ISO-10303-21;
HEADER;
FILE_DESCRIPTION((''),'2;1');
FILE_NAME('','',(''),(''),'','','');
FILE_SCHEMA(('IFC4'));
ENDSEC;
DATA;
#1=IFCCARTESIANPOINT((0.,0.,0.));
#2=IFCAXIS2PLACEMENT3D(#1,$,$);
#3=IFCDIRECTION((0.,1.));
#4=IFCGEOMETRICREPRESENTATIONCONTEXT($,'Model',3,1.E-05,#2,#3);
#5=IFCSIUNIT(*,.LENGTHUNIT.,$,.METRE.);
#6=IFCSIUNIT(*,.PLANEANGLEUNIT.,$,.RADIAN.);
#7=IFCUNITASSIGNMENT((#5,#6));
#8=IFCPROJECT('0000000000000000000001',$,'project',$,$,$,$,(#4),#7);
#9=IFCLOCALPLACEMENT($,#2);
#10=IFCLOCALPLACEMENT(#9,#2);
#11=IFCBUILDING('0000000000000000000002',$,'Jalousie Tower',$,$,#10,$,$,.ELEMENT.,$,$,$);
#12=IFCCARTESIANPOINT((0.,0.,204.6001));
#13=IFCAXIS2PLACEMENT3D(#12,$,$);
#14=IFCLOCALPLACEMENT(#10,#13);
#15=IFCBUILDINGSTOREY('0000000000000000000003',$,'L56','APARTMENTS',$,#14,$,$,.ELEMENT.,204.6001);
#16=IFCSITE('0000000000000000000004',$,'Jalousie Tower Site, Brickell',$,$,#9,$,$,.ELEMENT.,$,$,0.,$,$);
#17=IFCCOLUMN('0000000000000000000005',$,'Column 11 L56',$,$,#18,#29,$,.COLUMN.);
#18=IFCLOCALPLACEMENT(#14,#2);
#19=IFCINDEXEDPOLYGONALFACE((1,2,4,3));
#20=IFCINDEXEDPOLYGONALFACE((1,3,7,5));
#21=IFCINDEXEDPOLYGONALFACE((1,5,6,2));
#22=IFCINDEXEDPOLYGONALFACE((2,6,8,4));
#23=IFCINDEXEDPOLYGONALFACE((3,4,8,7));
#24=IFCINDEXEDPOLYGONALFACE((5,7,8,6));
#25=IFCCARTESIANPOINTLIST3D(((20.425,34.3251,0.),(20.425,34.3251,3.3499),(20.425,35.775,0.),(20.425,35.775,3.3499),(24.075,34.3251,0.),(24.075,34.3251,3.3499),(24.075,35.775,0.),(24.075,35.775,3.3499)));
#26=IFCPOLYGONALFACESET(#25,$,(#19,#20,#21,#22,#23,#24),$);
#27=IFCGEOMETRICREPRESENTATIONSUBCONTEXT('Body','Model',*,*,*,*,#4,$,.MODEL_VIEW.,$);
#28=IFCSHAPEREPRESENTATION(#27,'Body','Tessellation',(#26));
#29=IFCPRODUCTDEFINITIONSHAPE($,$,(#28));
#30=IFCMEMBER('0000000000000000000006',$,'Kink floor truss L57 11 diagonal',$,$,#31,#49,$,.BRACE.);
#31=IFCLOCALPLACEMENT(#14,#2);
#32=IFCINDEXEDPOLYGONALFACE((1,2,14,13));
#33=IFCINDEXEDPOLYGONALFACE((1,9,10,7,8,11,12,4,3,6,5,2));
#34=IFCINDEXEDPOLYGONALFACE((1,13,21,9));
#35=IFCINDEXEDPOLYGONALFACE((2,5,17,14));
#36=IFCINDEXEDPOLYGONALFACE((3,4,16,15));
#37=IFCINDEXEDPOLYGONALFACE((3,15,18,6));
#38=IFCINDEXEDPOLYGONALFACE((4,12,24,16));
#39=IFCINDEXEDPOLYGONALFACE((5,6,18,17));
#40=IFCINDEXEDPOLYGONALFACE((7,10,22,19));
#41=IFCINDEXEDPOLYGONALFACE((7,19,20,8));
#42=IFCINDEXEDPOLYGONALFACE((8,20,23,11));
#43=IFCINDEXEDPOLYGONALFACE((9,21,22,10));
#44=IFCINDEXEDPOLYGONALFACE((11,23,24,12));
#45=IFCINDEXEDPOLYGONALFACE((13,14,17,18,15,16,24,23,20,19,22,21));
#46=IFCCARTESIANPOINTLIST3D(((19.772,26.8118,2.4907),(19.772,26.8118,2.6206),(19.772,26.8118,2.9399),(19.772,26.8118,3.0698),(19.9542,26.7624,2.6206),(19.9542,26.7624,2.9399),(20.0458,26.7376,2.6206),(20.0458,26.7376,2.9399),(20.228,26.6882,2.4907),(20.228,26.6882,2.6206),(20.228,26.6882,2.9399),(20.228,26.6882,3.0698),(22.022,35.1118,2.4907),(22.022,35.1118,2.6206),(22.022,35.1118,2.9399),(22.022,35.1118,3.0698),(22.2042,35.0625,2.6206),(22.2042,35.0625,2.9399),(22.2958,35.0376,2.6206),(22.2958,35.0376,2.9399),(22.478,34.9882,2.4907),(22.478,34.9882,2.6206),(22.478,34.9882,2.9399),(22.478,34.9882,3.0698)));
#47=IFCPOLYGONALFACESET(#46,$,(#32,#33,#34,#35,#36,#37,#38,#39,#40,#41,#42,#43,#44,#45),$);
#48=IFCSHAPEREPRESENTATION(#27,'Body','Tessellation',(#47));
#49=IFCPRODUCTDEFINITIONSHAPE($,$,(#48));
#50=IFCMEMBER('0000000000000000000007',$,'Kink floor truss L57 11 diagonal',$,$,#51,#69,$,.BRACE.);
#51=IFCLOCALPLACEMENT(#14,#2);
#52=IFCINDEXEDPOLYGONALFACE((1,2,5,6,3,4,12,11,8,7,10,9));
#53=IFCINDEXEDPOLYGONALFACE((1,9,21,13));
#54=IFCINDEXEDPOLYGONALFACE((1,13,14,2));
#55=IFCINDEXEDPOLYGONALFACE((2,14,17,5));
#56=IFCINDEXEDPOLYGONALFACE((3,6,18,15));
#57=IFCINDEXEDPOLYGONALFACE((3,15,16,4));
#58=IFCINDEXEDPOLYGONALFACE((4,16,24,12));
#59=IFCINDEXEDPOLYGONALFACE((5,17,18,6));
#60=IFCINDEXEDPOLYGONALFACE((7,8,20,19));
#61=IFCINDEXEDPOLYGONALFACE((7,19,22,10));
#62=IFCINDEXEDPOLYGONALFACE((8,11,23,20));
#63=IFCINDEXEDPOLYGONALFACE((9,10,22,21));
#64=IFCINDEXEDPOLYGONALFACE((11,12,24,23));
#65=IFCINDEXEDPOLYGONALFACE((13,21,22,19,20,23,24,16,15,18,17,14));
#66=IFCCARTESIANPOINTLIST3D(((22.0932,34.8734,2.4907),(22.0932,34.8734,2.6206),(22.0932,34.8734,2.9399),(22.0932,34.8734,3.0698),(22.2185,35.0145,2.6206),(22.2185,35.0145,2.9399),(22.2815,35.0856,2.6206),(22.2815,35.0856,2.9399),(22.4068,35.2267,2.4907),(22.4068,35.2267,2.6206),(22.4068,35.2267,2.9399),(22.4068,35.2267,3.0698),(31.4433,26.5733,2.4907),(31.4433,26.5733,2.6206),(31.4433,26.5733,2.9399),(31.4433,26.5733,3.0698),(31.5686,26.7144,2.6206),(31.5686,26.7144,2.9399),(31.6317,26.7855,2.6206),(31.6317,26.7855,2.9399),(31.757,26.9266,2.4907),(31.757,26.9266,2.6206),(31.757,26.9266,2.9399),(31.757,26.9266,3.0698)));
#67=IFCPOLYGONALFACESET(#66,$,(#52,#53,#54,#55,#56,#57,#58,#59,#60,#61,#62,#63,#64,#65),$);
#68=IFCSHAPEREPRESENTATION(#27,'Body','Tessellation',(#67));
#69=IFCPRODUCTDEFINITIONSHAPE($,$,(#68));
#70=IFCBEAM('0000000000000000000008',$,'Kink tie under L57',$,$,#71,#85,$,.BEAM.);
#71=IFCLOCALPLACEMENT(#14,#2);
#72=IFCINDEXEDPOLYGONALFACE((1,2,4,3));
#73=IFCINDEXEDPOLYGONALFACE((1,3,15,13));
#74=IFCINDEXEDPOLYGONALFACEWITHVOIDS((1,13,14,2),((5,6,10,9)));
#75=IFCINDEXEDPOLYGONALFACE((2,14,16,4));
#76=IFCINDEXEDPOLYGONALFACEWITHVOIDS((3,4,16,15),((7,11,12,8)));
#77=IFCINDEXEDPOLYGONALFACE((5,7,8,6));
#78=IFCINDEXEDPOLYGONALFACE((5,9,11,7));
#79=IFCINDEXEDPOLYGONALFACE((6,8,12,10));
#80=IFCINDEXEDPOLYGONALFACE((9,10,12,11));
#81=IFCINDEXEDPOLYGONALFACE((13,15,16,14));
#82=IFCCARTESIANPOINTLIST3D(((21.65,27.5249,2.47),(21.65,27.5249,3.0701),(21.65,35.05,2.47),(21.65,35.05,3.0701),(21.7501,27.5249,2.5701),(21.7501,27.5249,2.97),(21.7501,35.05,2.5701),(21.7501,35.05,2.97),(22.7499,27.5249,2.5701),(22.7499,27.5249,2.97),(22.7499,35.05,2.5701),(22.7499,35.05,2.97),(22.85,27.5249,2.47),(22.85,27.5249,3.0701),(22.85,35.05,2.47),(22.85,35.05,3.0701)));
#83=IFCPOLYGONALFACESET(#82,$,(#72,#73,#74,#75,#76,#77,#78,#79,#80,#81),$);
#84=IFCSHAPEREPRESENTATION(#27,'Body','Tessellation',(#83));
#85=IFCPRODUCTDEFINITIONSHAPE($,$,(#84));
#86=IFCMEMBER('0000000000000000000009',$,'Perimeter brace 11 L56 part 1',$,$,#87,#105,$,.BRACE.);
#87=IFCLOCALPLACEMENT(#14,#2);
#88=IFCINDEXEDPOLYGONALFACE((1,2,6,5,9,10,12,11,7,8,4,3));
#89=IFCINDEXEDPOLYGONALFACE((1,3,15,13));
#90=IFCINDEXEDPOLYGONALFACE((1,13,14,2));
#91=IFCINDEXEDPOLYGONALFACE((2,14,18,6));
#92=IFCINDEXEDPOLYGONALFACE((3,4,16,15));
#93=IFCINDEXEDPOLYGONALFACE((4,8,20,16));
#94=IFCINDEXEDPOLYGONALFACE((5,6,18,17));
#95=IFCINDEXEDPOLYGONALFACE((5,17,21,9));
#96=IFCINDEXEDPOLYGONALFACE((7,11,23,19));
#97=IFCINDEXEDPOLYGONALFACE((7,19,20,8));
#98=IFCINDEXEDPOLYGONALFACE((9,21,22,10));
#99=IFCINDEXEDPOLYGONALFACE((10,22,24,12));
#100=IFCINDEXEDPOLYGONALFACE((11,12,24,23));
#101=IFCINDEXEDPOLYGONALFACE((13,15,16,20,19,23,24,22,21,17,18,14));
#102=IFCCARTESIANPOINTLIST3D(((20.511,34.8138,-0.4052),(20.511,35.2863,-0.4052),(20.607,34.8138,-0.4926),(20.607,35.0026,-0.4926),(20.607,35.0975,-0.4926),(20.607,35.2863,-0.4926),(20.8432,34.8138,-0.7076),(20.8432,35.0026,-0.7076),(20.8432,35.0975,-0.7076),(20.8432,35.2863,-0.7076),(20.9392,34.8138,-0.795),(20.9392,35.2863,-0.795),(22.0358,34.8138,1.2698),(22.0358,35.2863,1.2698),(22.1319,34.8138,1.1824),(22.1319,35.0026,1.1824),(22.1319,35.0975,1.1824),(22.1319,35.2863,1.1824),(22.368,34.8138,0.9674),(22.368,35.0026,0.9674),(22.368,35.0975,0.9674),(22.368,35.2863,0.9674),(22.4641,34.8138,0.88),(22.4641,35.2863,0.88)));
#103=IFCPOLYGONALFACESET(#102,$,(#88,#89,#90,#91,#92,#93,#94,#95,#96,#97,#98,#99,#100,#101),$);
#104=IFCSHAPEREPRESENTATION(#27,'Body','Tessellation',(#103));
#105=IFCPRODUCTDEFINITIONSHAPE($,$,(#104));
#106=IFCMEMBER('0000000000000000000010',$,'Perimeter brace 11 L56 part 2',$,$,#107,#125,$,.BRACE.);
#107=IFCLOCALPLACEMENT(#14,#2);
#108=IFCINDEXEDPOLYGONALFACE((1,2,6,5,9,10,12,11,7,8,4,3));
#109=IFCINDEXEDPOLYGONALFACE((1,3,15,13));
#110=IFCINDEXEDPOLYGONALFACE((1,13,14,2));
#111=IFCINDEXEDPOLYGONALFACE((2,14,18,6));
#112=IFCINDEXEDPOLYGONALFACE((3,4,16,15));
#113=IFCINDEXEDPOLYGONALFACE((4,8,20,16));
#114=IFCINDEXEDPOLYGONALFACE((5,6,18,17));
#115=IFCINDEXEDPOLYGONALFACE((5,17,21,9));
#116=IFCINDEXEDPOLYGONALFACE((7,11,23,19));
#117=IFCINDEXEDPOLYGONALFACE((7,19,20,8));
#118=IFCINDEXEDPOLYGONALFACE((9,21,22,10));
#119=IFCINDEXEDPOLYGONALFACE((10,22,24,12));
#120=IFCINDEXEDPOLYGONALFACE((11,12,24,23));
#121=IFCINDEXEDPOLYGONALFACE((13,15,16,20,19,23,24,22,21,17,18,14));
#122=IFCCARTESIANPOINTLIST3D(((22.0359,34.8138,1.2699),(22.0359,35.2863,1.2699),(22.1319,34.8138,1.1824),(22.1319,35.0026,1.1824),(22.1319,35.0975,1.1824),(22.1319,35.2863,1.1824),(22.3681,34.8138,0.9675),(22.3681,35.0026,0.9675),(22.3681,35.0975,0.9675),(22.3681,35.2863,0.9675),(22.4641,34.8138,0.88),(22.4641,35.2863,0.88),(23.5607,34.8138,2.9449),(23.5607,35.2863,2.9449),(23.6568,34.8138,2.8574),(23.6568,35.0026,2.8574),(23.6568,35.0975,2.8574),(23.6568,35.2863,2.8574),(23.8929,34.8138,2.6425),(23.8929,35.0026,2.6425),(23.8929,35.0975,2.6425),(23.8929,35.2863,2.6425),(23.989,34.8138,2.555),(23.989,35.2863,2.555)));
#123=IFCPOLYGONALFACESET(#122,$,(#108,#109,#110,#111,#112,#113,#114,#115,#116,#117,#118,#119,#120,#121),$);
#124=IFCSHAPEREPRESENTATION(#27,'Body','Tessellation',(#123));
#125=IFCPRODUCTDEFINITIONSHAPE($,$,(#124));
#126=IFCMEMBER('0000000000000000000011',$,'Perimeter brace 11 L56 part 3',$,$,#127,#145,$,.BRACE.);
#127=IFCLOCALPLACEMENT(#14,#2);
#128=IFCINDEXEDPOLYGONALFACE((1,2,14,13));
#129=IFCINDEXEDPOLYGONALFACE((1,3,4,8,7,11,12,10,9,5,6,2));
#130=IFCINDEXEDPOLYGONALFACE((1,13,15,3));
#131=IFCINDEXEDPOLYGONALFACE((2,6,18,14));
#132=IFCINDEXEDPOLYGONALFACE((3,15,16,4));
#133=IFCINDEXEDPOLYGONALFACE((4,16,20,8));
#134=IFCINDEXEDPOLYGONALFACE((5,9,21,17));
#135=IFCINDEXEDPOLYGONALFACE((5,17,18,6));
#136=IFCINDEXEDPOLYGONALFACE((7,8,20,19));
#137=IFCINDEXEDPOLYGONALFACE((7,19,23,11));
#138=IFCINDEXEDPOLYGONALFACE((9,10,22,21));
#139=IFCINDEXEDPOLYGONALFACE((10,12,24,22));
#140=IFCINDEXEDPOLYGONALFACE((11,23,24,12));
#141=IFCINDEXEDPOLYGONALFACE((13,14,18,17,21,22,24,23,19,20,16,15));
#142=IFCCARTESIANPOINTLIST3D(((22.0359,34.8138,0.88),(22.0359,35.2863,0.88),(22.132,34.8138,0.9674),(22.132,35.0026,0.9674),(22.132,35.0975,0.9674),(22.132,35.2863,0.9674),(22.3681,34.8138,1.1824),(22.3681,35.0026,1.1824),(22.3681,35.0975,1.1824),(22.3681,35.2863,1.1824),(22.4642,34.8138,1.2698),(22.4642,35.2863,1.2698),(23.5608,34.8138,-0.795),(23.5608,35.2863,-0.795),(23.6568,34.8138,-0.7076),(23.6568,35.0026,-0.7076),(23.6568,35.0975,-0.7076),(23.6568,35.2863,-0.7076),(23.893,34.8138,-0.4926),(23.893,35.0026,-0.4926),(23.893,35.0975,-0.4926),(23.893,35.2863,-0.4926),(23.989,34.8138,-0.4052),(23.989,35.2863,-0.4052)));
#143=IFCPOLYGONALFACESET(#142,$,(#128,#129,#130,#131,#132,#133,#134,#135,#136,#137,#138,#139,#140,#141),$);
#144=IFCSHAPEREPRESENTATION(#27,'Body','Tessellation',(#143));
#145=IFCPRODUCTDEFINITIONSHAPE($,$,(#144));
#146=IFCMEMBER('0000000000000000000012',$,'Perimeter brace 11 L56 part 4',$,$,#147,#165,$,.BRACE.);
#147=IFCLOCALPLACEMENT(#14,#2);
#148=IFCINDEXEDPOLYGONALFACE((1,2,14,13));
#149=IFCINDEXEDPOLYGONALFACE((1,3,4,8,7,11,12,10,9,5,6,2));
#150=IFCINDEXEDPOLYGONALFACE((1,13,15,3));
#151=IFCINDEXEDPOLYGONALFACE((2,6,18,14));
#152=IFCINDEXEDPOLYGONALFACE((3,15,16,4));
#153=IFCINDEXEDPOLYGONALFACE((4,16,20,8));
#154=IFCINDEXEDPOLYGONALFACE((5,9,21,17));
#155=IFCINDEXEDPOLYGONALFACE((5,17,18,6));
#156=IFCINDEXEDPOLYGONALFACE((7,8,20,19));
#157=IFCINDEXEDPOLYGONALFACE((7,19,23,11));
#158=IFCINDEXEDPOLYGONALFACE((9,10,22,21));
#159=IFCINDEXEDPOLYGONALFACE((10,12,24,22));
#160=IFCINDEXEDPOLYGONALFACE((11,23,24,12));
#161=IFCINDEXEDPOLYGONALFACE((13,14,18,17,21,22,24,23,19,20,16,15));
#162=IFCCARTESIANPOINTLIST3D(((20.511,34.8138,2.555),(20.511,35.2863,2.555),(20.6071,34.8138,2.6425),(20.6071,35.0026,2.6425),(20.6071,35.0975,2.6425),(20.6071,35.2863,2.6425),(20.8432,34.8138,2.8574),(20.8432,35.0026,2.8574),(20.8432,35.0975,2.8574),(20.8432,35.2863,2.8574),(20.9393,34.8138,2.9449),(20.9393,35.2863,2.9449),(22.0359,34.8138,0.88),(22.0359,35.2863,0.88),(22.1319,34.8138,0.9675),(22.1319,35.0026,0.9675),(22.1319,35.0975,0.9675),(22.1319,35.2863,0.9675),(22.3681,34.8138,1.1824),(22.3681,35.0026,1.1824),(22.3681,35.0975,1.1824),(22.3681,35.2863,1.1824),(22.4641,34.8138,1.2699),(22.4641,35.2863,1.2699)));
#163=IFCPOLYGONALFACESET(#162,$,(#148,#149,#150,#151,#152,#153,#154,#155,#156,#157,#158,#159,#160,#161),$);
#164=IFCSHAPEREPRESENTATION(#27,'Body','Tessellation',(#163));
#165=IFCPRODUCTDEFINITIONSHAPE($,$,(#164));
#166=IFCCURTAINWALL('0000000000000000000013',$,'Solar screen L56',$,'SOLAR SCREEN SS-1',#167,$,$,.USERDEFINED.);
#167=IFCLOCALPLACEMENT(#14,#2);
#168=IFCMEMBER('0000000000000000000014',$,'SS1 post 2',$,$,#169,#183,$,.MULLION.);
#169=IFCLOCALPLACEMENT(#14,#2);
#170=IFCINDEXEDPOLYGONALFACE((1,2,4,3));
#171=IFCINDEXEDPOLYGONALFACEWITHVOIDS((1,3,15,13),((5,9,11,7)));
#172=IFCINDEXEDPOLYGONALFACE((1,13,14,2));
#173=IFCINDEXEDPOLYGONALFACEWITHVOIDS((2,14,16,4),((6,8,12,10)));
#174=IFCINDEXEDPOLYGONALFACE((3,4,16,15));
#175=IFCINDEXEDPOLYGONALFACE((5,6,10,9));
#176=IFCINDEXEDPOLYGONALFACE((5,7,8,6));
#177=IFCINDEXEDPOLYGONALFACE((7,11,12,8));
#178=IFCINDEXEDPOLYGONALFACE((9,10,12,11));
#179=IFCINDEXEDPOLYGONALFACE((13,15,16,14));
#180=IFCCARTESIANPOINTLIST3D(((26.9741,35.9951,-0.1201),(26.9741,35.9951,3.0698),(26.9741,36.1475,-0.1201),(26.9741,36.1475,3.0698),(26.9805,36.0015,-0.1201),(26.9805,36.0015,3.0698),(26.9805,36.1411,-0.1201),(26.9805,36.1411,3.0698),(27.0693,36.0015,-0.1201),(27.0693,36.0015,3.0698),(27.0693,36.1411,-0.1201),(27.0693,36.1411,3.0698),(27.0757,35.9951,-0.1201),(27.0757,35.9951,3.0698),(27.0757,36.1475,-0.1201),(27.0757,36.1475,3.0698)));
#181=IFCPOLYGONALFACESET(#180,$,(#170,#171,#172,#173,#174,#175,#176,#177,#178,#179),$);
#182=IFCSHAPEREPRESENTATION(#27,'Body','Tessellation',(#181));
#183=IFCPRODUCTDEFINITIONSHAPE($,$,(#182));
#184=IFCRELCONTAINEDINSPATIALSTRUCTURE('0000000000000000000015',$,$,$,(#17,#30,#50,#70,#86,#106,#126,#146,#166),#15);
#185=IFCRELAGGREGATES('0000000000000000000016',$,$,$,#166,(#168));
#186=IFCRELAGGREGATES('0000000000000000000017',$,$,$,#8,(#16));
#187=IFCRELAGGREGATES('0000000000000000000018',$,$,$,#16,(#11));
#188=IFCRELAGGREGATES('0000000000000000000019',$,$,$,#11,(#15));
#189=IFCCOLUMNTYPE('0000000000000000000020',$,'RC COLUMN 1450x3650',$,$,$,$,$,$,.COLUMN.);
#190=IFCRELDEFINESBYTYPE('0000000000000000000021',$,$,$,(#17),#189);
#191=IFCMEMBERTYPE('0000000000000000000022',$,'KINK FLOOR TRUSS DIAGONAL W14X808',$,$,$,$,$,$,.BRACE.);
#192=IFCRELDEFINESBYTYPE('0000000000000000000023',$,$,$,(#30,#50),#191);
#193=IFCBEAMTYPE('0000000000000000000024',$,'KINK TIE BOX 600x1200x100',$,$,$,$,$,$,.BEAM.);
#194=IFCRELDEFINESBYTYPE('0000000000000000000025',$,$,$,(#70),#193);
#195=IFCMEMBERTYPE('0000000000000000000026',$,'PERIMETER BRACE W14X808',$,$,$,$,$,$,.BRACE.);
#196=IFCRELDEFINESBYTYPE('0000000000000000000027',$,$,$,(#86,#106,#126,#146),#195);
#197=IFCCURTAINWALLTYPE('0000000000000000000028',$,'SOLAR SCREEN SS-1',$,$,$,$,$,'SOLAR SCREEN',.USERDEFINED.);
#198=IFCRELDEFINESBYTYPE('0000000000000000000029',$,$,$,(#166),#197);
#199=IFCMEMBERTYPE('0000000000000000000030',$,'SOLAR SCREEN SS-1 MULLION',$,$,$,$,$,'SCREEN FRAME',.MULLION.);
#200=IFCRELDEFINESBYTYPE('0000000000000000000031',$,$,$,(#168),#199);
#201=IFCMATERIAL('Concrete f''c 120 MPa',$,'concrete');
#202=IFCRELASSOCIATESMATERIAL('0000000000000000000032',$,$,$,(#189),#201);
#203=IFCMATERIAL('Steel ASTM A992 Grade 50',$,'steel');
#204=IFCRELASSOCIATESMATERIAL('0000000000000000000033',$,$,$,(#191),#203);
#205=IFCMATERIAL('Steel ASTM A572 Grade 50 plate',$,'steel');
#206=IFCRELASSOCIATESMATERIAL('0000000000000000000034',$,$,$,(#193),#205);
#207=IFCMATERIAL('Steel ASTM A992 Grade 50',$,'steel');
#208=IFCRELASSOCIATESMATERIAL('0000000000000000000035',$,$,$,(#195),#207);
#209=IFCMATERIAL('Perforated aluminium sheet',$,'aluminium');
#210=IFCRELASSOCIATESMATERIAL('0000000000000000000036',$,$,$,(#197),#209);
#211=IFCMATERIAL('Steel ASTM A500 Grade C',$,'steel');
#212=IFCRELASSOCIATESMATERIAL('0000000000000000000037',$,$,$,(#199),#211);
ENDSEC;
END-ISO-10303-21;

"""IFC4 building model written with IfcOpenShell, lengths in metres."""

from ifc_helpers import new_model, si_unit, direction, frame, origin, origin_2d, place, context, subcontext, project, spatial, rectangle, hollow_rectangle, i_section, extrude, material, material_profile, profile_set, type_object, element, aggregate, save


model = new_model("IFC4")

# Units and contexts
model_context = context("Model", 3, precision=1e-05, world=origin(), true_north=direction((0.0, 1.0)))
body_context = subcontext(model_context, "Body", "Model", "MODEL_VIEW")
ifc_project = project(units=[si_unit("LENGTHUNIT", "METRE"), si_unit("PLANEANGLEUNIT", "RADIAN")], contexts=[model_context])

# Site, building, storey
site_placement = place(None, origin())
site = spatial("IfcSite", under=ifc_project, at=site_placement, Name="Jalousie Tower Site, Brickell", CompositionType="ELEMENT", RefElevation=0.0)
building_placement = place(site_placement, origin())
building = spatial("IfcBuilding", under=site, at=building_placement, Name="Jalousie Tower", CompositionType="ELEMENT")
storey_placement = place(building_placement, frame((0.0, 0.0, 204.6001)))
storey = spatial("IfcBuildingStorey", under=building, at=storey_placement, Name="L56", Description="APARTMENTS", CompositionType="ELEMENT", Elevation=204.6001)

# Column
ifc_material_1 = material(Name="Concrete f'c 120 MPa", Category="concrete")
ifc_material_profile_1 = material_profile(ifc_material_1, rectangle(XDim=1.45, YDim=3.6499, at=origin_2d()), Name="RC 1450x3650")
ifc_profile_set_1 = profile_set([ifc_material_profile_1], Name="Concrete f'c 120 MPa")
column_type = type_object("IfcColumnType", Name="RC COLUMN 1450x3650", PredefinedType="COLUMN", material=ifc_profile_set_1)
column_placement = place(storey_placement, frame((22.25, 35.05, 0.0), z_axis=(0.0, 0.0, 1.0), x_axis=(0.0, 1.0, 0.0)))
element("IfcColumn", 1, at=column_placement, inside=storey, type_object=column_type, Name="Column 11 L56", PredefinedType="COLUMN", context=body_context, shape_type="SweptSolid", body=[
    extrude(rectangle(XDim=1.45, YDim=3.6499, at=origin_2d()), origin(), (0.0, 0.0, 1.0), 3.3499),
])

# Members
ifc_material_2 = material(Name="Steel ASTM A992 Grade 50", Category="steel")
ifc_material_profile_2 = material_profile(ifc_material_2, i_section(OverallWidth=0.4724, OverallDepth=0.5791, WebThickness=0.095, FlangeThickness=0.1299, at=origin_2d()), Name="W14X808")
ifc_profile_set_2 = profile_set([ifc_material_profile_2], Name="Steel ASTM A992 Grade 50")
member_type_1 = type_object("IfcMemberType", Name="KINK FLOOR TRUSS DIAGONAL W14X808", PredefinedType="BRACE", material=ifc_profile_set_2)
member_1_placement = place(storey_placement, frame((22.25, 35.05, 2.7803), z_axis=(-0.26164, -0.965166, 0.0), x_axis=(0.965166, -0.26164, 0.0)))
element("IfcMember", 2, at=member_1_placement, inside=storey, type_object=member_type_1, Name="Kink floor truss L57 11 diagonal", PredefinedType="BRACE", context=body_context, shape_type="SweptSolid", body=[
    extrude(i_section(OverallWidth=0.4724, OverallDepth=0.5791, WebThickness=0.095, FlangeThickness=0.1299, at=origin_2d()), origin(), (0.0, 0.0, 1.0), 8.5996),
])
member_2_placement = place(storey_placement, frame((22.25, 35.05, 2.7803), z_axis=(0.747852, -0.663866, 0.0), x_axis=(0.663866, 0.747852, 0.0)))
element("IfcMember", 3, at=member_2_placement, inside=storey, type_object=member_type_1, Name="Kink floor truss L57 11 diagonal", PredefinedType="BRACE", context=body_context, shape_type="SweptSolid", body=[
    extrude(i_section(OverallWidth=0.4724, OverallDepth=0.5791, WebThickness=0.095, FlangeThickness=0.1299, at=origin_2d()), origin(), (0.0, 0.0, 1.0), 12.5027),
])

# Beam
ifc_material_3 = material(Name="Steel ASTM A572 Grade 50 plate", Category="steel")
ifc_material_profile_3 = material_profile(ifc_material_3, hollow_rectangle(XDim=1.2, YDim=0.6001, WallThickness=0.1001, at=origin_2d()), Name="BOX 600x1200x100")
ifc_profile_set_3 = profile_set([ifc_material_profile_3], Name="Steel ASTM A572 Grade 50 plate")
beam_type = type_object("IfcBeamType", Name="KINK TIE BOX 600x1200x100", PredefinedType="BEAM", material=ifc_profile_set_3)
beam_placement = place(storey_placement, frame((22.25, 35.05, 2.77), z_axis=(0.0, -1.0, 0.0), x_axis=(1.0, 0.0, 0.0)))
element("IfcBeam", 4, at=beam_placement, inside=storey, type_object=beam_type, Name="Kink tie under L57", PredefinedType="BEAM", context=body_context, shape_type="SweptSolid", body=[
    extrude(hollow_rectangle(XDim=1.2, YDim=0.6001, WallThickness=0.1001, at=origin_2d()), origin(), (0.0, 0.0, 1.0), 7.5251),
])

# Members
ifc_material_4 = material(Name="Steel ASTM A992 Grade 50", Category="steel")
ifc_material_profile_4 = material_profile(ifc_material_4, i_section(OverallWidth=0.4724, OverallDepth=0.5791, WebThickness=0.095, FlangeThickness=0.1299, at=origin_2d()), Name="W14X808")
ifc_profile_set_4 = profile_set([ifc_material_profile_4], Name="Steel ASTM A992 Grade 50")
member_type_2 = type_object("IfcMemberType", Name="PERIMETER BRACE W14X808", PredefinedType="BRACE", material=ifc_profile_set_4)
for number, where, z_axis, x_axis, name in (
    (5, (20.7251, 35.05, -0.6001), (0.673188, 0.0, 0.739472), (0.0, 1.0, 0.0), "Perimeter brace 11 L56 part 1"),
    (6, (22.25, 35.05, 1.075), (0.673188, 0.0, 0.739472), (0.0, 1.0, 0.0), "Perimeter brace 11 L56 part 2"),
    (7, (23.7749, 35.05, -0.6001), (-0.673188, 0.0, 0.739472), (0.0, -1.0, 0.0), "Perimeter brace 11 L56 part 3"),
    (8, (22.25, 35.05, 1.075), (-0.673188, 0.0, 0.739472), (0.0, -1.0, 0.0), "Perimeter brace 11 L56 part 4"),
):
    element("IfcMember", number, at=place(storey_placement, frame(where, z_axis=z_axis, x_axis=x_axis)), inside=storey, type_object=member_type_2, Name=name, PredefinedType="BRACE", context=body_context, shape_type="SweptSolid", body=[
        extrude(i_section(OverallWidth=0.4724, OverallDepth=0.5791, WebThickness=0.095, FlangeThickness=0.1299, at=origin_2d()), origin(), (0.0, 0.0, 1.0), 2.2651),
    ])

# Curtain wall, member
ifc_material_5 = material(Name="Perforated aluminium sheet", Category="aluminium")
curtain_wall_type = type_object("IfcCurtainWallType", Name="SOLAR SCREEN SS-1", ElementType="SOLAR SCREEN", PredefinedType="USERDEFINED", material=ifc_material_5)
curtain_wall_1_placement = place(storey_placement, origin())
curtain_wall_1 = element("IfcCurtainWall", 9, at=curtain_wall_1_placement, inside=storey, type_object=curtain_wall_type, Name="Solar screen L56", ObjectType="SOLAR SCREEN SS-1", PredefinedType="USERDEFINED")
ifc_material_6 = material(Name="Steel ASTM A500 Grade C", Category="steel")
ifc_material_profile_5 = material_profile(ifc_material_6, hollow_rectangle(XDim=0.1016, YDim=0.1523, WallThickness=0.0063, at=origin_2d()), Name="HSS6X4X1/4")
ifc_profile_set_5 = profile_set([ifc_material_profile_5], Name="Steel ASTM A500 Grade C")
member_type_3 = type_object("IfcMemberType", Name="SOLAR SCREEN SS-1 MULLION", ElementType="SCREEN FRAME", PredefinedType="MULLION", material=ifc_profile_set_5)
member_3_placement = place(storey_placement, frame((27.0249, 36.0713, -0.1201), z_axis=(0.0, 0.0, 1.0), x_axis=(-1.0, 0.0, 0.0)))
member_3 = element("IfcMember", 10, at=member_3_placement, type_object=member_type_3, Name="SS1 post 2", PredefinedType="MULLION", context=body_context, shape_type="SweptSolid", body=[
    extrude(hollow_rectangle(XDim=0.1016, YDim=0.1523, WallThickness=0.0063, at=origin_2d()), origin(), (0.0, 0.0, 1.0), 3.1899),
])
aggregate(curtain_wall_1, [member_3])

save(model, "model.ifc")
